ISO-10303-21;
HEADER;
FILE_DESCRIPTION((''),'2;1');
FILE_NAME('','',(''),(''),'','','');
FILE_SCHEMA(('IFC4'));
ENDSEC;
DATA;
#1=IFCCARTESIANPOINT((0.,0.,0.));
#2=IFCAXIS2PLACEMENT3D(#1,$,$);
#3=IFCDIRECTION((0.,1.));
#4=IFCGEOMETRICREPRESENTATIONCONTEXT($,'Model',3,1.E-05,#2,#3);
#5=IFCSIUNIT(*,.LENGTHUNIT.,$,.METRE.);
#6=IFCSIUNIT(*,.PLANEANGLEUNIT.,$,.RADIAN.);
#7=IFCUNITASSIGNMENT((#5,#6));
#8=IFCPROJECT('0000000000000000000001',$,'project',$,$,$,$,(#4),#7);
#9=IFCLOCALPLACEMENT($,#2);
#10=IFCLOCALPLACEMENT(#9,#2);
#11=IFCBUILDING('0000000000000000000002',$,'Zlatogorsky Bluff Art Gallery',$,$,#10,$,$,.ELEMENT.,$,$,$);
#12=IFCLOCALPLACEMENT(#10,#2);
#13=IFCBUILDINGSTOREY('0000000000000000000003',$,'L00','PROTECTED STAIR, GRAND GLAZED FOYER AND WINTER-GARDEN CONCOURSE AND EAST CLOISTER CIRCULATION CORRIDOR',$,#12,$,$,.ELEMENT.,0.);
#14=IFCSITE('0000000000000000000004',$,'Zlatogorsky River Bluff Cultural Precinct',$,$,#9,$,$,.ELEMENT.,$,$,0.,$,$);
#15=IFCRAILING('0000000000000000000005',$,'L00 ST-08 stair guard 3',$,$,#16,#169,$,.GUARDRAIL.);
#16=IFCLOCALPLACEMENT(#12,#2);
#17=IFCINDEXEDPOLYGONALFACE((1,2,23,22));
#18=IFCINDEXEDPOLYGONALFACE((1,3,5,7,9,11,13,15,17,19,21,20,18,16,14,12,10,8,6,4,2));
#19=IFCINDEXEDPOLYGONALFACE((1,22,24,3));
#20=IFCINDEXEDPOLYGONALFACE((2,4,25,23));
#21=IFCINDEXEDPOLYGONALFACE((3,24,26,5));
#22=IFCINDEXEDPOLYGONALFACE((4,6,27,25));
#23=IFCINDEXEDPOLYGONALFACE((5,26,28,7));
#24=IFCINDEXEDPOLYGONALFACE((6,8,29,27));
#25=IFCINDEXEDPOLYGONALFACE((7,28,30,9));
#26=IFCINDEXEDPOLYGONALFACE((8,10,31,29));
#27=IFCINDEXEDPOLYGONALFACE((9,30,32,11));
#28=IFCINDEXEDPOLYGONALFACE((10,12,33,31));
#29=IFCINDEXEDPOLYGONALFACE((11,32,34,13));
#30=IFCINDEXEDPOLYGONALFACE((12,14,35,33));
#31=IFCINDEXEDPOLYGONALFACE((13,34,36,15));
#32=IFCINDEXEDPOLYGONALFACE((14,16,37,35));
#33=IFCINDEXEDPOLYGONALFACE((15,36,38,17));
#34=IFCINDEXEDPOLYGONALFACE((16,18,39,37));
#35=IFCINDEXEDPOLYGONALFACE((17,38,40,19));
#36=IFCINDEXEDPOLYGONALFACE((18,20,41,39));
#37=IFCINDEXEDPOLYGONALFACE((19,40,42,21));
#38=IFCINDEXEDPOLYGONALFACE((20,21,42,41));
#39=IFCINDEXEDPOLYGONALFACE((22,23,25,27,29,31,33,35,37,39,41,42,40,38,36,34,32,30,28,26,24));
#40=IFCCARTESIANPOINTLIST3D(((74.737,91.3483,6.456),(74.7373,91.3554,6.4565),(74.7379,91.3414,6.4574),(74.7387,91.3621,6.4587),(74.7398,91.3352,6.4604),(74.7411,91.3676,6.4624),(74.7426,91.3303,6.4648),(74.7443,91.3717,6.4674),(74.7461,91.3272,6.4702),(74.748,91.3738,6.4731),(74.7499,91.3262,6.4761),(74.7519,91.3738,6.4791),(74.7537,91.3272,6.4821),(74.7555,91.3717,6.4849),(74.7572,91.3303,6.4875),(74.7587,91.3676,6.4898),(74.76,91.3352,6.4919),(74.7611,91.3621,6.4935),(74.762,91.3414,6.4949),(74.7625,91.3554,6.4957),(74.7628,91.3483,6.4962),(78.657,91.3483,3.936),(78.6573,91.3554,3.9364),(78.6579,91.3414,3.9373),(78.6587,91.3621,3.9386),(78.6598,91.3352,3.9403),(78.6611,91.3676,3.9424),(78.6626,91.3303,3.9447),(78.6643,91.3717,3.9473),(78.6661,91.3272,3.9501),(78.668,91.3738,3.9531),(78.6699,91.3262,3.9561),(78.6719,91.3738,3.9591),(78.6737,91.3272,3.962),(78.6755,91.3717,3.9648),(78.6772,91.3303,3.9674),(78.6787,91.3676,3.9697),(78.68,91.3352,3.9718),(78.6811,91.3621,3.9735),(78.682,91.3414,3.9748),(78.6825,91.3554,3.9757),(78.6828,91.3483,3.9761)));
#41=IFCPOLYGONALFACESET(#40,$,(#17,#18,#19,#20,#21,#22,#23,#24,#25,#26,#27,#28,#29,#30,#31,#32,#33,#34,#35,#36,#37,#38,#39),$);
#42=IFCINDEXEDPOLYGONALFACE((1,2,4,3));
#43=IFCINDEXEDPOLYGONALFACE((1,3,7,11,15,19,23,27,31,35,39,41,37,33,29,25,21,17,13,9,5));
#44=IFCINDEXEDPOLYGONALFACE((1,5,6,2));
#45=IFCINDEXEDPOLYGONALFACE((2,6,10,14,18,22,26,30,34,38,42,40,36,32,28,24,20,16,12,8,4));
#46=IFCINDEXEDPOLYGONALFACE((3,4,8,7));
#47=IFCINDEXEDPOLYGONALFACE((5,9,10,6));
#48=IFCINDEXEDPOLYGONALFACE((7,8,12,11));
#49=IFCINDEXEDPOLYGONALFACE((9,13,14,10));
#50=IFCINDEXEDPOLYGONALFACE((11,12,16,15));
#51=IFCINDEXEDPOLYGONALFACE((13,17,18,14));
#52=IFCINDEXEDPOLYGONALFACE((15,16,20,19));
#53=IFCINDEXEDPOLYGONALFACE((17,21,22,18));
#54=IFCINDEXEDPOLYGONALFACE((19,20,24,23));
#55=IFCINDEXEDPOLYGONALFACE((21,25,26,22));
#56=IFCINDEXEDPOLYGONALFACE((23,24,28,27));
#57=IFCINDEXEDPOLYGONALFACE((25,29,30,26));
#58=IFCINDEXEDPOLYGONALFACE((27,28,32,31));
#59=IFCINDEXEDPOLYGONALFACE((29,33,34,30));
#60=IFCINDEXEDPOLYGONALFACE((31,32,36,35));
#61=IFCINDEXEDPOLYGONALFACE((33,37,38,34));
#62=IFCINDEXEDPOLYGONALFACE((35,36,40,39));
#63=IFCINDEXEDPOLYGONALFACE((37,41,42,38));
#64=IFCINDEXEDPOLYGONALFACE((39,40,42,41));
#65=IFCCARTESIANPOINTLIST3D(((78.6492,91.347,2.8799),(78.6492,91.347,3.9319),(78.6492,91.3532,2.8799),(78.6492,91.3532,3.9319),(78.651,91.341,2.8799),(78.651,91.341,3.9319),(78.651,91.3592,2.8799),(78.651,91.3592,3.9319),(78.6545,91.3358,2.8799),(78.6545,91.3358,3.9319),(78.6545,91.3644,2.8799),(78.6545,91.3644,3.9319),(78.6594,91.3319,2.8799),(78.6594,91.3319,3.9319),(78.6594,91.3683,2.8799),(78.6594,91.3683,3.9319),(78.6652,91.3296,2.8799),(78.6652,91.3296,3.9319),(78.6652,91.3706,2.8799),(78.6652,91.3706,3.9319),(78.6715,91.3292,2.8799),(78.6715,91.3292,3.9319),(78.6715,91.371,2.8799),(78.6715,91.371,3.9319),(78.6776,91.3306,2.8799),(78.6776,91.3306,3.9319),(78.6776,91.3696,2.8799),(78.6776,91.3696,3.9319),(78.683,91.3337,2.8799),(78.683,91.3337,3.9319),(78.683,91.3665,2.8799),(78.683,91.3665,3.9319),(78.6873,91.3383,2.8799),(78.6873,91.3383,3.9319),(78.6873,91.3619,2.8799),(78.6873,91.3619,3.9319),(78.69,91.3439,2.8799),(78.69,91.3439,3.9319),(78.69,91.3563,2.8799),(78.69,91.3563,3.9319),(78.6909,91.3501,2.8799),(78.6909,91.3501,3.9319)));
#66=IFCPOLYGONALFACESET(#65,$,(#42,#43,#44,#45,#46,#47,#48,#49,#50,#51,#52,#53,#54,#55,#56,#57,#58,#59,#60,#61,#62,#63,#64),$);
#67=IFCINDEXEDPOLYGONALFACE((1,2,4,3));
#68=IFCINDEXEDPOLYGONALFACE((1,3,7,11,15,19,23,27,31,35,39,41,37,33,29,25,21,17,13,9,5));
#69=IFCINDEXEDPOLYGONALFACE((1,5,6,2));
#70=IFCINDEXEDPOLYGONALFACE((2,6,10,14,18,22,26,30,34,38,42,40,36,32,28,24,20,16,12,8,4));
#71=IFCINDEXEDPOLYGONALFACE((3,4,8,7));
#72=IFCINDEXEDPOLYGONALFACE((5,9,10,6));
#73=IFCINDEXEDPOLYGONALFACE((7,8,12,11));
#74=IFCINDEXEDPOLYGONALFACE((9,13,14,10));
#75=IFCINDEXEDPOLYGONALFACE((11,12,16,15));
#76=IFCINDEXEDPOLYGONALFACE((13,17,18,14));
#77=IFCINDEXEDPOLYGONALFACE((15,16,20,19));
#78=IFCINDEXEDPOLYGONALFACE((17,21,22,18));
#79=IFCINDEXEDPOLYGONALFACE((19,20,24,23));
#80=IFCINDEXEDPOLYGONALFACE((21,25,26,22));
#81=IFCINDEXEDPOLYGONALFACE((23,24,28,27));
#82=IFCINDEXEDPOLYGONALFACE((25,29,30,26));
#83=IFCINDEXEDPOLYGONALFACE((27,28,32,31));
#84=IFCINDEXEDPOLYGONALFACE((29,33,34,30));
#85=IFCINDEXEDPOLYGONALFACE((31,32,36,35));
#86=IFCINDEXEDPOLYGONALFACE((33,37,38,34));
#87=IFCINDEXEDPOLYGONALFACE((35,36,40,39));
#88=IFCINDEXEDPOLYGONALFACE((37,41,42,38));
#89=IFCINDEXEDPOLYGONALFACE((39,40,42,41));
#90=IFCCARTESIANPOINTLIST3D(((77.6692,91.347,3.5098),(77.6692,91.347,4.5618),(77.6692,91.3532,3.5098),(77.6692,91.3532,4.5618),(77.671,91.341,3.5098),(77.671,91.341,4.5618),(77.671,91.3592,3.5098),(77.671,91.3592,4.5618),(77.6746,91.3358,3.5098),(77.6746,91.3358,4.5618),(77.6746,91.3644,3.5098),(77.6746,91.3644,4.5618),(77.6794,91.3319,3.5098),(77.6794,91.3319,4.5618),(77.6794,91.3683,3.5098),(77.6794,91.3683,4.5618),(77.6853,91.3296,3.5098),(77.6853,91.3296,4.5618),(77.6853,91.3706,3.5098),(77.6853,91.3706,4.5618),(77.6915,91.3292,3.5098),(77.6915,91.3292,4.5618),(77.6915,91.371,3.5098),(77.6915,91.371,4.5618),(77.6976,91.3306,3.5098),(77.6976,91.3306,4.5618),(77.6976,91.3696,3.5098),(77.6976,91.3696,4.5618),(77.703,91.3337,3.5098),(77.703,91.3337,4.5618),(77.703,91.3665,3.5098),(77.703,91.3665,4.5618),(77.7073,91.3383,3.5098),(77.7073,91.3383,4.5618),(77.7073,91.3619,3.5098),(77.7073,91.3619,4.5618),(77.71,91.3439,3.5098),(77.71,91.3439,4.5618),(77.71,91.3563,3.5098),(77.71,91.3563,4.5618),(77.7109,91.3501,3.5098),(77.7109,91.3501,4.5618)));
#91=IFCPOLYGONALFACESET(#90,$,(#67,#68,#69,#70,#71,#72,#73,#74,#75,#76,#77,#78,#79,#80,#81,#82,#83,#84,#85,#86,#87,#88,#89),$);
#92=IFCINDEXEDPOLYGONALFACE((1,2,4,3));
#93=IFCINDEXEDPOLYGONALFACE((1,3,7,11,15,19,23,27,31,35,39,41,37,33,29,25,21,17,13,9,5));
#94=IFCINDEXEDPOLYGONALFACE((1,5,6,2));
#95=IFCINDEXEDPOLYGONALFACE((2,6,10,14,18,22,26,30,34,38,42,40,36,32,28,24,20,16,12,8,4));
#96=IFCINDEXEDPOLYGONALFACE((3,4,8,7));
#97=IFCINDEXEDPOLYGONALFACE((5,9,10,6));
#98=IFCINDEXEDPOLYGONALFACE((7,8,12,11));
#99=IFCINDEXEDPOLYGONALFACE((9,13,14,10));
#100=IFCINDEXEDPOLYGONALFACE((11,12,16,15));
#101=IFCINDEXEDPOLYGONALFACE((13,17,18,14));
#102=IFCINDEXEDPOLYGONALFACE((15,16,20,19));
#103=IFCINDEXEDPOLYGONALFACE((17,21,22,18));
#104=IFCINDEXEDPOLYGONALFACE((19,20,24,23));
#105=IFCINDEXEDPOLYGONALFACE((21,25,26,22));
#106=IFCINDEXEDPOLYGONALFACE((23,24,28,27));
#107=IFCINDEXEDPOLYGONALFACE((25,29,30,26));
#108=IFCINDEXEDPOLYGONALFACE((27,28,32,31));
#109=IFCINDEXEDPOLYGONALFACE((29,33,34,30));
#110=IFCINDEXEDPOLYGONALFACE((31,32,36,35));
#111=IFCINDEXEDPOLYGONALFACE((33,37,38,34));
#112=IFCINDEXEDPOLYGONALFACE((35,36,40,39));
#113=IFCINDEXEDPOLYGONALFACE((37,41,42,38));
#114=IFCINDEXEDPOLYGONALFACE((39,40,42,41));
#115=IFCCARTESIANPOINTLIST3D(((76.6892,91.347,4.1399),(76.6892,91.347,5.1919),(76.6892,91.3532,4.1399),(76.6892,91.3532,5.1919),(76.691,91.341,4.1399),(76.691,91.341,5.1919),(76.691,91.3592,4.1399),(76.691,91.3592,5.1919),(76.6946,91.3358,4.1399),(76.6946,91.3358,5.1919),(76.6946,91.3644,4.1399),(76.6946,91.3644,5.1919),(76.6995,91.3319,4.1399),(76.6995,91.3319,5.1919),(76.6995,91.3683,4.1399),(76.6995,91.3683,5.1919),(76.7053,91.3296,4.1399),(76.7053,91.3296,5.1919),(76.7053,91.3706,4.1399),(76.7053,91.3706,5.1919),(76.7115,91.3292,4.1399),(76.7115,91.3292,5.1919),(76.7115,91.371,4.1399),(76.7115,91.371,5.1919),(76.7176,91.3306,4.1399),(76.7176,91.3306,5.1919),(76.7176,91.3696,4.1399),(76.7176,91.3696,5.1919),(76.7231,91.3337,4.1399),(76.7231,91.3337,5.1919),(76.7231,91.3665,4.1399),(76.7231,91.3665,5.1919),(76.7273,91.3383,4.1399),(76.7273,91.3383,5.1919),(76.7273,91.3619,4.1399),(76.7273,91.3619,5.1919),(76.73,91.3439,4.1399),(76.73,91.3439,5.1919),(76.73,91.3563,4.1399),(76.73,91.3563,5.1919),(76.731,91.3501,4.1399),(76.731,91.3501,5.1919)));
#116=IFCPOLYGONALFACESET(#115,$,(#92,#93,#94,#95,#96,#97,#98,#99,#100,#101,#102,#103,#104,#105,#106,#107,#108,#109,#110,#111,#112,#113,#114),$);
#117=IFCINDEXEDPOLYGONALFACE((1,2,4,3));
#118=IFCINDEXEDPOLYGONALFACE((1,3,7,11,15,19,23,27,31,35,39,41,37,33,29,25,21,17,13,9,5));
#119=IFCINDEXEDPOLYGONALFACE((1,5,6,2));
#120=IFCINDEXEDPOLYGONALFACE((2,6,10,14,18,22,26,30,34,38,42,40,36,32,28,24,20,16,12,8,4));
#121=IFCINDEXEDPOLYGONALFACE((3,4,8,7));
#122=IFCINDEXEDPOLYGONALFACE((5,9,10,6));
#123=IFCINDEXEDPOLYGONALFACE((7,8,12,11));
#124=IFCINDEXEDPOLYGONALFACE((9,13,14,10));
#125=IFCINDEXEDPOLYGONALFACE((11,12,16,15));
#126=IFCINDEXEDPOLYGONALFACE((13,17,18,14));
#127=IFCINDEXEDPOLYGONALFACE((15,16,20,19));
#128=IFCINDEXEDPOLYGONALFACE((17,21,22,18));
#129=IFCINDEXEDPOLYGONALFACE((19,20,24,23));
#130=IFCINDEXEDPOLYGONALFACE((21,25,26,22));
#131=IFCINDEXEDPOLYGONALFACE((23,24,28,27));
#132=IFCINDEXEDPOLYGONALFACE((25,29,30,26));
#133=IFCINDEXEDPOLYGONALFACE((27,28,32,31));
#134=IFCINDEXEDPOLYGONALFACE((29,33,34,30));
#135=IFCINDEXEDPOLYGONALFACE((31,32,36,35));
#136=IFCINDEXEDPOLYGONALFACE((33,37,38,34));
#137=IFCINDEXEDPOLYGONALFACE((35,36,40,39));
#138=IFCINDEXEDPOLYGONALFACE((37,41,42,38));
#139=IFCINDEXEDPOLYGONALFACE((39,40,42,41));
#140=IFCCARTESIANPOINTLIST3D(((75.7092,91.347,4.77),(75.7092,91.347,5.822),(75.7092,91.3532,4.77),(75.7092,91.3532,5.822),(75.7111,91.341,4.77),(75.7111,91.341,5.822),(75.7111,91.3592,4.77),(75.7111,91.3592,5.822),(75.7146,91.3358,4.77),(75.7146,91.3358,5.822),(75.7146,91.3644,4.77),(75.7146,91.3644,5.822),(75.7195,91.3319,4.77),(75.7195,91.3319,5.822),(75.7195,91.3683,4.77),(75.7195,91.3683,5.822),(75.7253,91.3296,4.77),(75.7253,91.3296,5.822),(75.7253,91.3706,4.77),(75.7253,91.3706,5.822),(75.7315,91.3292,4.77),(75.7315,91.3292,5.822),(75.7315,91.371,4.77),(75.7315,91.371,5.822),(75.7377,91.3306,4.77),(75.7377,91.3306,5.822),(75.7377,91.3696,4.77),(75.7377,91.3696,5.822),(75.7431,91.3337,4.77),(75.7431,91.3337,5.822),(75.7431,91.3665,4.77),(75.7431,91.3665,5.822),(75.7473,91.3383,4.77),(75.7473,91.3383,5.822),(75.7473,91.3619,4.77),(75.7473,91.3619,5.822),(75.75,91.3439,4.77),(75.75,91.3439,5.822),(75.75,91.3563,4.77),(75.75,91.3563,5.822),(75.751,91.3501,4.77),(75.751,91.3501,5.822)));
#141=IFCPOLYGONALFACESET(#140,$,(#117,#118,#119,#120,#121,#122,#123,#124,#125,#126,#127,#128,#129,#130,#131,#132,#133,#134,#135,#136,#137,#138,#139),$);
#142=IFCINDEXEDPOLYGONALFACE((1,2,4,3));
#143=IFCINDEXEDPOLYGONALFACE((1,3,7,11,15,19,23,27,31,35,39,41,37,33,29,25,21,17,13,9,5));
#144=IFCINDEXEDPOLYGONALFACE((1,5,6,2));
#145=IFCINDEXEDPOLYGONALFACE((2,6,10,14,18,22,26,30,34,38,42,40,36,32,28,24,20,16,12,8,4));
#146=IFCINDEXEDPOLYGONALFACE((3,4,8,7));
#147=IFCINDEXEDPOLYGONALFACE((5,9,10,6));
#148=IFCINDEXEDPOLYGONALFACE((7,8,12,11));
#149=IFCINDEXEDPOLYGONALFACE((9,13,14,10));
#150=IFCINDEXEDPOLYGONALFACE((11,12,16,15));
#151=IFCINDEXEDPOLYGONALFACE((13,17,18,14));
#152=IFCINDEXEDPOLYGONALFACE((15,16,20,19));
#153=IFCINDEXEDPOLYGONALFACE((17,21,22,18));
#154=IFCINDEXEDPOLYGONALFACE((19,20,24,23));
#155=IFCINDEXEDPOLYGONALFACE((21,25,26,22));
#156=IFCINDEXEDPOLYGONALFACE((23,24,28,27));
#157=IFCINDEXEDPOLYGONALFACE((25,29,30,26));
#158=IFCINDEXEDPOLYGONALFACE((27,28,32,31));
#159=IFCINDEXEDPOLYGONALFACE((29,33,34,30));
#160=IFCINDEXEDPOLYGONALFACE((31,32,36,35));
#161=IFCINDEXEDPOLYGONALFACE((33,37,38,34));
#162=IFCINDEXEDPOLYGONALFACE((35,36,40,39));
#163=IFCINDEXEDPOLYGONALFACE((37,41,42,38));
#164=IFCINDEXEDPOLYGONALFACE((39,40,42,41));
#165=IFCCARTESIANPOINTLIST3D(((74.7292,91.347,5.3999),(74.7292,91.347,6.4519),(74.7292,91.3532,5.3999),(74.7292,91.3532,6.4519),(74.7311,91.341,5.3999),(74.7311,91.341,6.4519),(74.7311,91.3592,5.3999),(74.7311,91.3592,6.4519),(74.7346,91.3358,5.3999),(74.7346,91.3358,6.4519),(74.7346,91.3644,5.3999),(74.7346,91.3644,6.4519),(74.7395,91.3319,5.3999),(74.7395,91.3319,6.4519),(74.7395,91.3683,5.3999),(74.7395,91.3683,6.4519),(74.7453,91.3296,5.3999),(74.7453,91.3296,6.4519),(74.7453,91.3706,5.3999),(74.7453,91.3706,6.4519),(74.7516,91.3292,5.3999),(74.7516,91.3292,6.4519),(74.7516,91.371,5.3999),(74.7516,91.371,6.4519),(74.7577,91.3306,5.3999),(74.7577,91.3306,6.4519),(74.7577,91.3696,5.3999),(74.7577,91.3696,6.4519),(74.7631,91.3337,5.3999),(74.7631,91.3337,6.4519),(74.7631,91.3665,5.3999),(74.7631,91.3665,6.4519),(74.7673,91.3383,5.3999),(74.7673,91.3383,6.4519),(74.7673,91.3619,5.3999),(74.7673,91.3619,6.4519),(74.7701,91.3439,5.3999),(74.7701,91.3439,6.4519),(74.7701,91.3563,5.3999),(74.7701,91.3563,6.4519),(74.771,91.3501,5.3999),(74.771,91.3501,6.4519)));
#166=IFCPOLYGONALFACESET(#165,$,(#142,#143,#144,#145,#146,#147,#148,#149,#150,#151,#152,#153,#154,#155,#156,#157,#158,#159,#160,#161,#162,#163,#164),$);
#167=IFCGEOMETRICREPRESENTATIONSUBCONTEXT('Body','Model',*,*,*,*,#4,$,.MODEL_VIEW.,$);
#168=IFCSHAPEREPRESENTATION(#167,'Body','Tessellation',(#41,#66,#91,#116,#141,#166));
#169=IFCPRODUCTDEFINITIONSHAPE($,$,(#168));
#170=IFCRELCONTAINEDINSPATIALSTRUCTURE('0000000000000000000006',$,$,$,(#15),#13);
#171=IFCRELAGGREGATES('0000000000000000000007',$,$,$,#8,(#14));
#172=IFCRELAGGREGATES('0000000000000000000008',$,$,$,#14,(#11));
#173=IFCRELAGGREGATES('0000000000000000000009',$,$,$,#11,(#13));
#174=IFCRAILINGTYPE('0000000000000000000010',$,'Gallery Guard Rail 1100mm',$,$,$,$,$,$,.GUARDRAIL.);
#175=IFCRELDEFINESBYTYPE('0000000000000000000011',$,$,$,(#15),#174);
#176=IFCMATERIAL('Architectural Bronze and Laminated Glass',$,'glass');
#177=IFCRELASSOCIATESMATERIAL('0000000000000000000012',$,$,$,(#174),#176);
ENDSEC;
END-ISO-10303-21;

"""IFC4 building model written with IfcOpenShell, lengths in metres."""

from ifc_helpers import new_model, si_unit, direction, frame, origin, origin_2d, place, context, subcontext, project, spatial, circle, extrude, material, type_object, element, save


model = new_model("IFC4")

# Units and contexts
model_context = context("Model", 3, precision=1e-05, world=origin(), true_north=direction((0.0, 1.0)))
body_context = subcontext(model_context, "Body", "Model", "MODEL_VIEW")
ifc_project = project(units=[si_unit("LENGTHUNIT", "METRE"), si_unit("PLANEANGLEUNIT", "RADIAN")], contexts=[model_context])

# Site, building, storey
site_placement = place(None, origin())
site = spatial("IfcSite", under=ifc_project, at=site_placement, Name="Zlatogorsky River Bluff Cultural Precinct", CompositionType="ELEMENT", RefElevation=0.0)
building_placement = place(site_placement, origin())
building = spatial("IfcBuilding", under=site, at=building_placement, Name="Zlatogorsky Bluff Art Gallery", CompositionType="ELEMENT")
storey_placement = place(building_placement, origin())
storey = spatial("IfcBuildingStorey", under=building, at=storey_placement, Name="L00", Description="PROTECTED STAIR, GRAND GLAZED FOYER AND WINTER-GARDEN CONCOURSE AND EAST CLOISTER CIRCULATION CORRIDOR", CompositionType="ELEMENT", Elevation=0.0)

# Railing
ifc_material_1 = material(Name="Architectural Bronze and Laminated Glass", Category="glass")
railing_type_1 = type_object("IfcRailingType", Name="Gallery Guard Rail 1100mm", PredefinedType="GUARDRAIL", material=ifc_material_1)
railing_1_placement = place(storey_placement, frame((78.6699, 91.3501, 2.8799)))
element("IfcRailing", 1, at=railing_1_placement, inside=storey, type_object=railing_type_1, Name="L00 ST-08 stair guard 3", PredefinedType="GUARDRAIL", context=body_context, shape_type="SweptSolid", body=[
    extrude(circle(Radius=0.0239, at=origin_2d()), frame((0.0, 0.0, 1.0762), z_axis=(-0.841172, 0.0, 0.540768), x_axis=(0.0, -1.0, 0.0)), (0.0, 0.0, 1.0), 4.6602),
    extrude(circle(Radius=0.021, at=origin_2d()), origin(), (0.0, 0.0, 1.0), 1.052),
    extrude(circle(Radius=0.021, at=origin_2d()), frame((-0.98, 0.0, 0.6299)), (0.0, 0.0, 1.0), 1.052),
    extrude(circle(Radius=0.021, at=origin_2d()), frame((-1.96, 0.0, 1.26)), (0.0, 0.0, 1.0), 1.052),
    extrude(circle(Radius=0.021, at=origin_2d()), frame((-2.9399, 0.0, 1.8901)), (0.0, 0.0, 1.0), 1.052),
    extrude(circle(Radius=0.021, at=origin_2d()), frame((-3.9199, 0.0, 2.52)), (0.0, 0.0, 1.0), 1.052),
])

save(model, "model.ifc")
